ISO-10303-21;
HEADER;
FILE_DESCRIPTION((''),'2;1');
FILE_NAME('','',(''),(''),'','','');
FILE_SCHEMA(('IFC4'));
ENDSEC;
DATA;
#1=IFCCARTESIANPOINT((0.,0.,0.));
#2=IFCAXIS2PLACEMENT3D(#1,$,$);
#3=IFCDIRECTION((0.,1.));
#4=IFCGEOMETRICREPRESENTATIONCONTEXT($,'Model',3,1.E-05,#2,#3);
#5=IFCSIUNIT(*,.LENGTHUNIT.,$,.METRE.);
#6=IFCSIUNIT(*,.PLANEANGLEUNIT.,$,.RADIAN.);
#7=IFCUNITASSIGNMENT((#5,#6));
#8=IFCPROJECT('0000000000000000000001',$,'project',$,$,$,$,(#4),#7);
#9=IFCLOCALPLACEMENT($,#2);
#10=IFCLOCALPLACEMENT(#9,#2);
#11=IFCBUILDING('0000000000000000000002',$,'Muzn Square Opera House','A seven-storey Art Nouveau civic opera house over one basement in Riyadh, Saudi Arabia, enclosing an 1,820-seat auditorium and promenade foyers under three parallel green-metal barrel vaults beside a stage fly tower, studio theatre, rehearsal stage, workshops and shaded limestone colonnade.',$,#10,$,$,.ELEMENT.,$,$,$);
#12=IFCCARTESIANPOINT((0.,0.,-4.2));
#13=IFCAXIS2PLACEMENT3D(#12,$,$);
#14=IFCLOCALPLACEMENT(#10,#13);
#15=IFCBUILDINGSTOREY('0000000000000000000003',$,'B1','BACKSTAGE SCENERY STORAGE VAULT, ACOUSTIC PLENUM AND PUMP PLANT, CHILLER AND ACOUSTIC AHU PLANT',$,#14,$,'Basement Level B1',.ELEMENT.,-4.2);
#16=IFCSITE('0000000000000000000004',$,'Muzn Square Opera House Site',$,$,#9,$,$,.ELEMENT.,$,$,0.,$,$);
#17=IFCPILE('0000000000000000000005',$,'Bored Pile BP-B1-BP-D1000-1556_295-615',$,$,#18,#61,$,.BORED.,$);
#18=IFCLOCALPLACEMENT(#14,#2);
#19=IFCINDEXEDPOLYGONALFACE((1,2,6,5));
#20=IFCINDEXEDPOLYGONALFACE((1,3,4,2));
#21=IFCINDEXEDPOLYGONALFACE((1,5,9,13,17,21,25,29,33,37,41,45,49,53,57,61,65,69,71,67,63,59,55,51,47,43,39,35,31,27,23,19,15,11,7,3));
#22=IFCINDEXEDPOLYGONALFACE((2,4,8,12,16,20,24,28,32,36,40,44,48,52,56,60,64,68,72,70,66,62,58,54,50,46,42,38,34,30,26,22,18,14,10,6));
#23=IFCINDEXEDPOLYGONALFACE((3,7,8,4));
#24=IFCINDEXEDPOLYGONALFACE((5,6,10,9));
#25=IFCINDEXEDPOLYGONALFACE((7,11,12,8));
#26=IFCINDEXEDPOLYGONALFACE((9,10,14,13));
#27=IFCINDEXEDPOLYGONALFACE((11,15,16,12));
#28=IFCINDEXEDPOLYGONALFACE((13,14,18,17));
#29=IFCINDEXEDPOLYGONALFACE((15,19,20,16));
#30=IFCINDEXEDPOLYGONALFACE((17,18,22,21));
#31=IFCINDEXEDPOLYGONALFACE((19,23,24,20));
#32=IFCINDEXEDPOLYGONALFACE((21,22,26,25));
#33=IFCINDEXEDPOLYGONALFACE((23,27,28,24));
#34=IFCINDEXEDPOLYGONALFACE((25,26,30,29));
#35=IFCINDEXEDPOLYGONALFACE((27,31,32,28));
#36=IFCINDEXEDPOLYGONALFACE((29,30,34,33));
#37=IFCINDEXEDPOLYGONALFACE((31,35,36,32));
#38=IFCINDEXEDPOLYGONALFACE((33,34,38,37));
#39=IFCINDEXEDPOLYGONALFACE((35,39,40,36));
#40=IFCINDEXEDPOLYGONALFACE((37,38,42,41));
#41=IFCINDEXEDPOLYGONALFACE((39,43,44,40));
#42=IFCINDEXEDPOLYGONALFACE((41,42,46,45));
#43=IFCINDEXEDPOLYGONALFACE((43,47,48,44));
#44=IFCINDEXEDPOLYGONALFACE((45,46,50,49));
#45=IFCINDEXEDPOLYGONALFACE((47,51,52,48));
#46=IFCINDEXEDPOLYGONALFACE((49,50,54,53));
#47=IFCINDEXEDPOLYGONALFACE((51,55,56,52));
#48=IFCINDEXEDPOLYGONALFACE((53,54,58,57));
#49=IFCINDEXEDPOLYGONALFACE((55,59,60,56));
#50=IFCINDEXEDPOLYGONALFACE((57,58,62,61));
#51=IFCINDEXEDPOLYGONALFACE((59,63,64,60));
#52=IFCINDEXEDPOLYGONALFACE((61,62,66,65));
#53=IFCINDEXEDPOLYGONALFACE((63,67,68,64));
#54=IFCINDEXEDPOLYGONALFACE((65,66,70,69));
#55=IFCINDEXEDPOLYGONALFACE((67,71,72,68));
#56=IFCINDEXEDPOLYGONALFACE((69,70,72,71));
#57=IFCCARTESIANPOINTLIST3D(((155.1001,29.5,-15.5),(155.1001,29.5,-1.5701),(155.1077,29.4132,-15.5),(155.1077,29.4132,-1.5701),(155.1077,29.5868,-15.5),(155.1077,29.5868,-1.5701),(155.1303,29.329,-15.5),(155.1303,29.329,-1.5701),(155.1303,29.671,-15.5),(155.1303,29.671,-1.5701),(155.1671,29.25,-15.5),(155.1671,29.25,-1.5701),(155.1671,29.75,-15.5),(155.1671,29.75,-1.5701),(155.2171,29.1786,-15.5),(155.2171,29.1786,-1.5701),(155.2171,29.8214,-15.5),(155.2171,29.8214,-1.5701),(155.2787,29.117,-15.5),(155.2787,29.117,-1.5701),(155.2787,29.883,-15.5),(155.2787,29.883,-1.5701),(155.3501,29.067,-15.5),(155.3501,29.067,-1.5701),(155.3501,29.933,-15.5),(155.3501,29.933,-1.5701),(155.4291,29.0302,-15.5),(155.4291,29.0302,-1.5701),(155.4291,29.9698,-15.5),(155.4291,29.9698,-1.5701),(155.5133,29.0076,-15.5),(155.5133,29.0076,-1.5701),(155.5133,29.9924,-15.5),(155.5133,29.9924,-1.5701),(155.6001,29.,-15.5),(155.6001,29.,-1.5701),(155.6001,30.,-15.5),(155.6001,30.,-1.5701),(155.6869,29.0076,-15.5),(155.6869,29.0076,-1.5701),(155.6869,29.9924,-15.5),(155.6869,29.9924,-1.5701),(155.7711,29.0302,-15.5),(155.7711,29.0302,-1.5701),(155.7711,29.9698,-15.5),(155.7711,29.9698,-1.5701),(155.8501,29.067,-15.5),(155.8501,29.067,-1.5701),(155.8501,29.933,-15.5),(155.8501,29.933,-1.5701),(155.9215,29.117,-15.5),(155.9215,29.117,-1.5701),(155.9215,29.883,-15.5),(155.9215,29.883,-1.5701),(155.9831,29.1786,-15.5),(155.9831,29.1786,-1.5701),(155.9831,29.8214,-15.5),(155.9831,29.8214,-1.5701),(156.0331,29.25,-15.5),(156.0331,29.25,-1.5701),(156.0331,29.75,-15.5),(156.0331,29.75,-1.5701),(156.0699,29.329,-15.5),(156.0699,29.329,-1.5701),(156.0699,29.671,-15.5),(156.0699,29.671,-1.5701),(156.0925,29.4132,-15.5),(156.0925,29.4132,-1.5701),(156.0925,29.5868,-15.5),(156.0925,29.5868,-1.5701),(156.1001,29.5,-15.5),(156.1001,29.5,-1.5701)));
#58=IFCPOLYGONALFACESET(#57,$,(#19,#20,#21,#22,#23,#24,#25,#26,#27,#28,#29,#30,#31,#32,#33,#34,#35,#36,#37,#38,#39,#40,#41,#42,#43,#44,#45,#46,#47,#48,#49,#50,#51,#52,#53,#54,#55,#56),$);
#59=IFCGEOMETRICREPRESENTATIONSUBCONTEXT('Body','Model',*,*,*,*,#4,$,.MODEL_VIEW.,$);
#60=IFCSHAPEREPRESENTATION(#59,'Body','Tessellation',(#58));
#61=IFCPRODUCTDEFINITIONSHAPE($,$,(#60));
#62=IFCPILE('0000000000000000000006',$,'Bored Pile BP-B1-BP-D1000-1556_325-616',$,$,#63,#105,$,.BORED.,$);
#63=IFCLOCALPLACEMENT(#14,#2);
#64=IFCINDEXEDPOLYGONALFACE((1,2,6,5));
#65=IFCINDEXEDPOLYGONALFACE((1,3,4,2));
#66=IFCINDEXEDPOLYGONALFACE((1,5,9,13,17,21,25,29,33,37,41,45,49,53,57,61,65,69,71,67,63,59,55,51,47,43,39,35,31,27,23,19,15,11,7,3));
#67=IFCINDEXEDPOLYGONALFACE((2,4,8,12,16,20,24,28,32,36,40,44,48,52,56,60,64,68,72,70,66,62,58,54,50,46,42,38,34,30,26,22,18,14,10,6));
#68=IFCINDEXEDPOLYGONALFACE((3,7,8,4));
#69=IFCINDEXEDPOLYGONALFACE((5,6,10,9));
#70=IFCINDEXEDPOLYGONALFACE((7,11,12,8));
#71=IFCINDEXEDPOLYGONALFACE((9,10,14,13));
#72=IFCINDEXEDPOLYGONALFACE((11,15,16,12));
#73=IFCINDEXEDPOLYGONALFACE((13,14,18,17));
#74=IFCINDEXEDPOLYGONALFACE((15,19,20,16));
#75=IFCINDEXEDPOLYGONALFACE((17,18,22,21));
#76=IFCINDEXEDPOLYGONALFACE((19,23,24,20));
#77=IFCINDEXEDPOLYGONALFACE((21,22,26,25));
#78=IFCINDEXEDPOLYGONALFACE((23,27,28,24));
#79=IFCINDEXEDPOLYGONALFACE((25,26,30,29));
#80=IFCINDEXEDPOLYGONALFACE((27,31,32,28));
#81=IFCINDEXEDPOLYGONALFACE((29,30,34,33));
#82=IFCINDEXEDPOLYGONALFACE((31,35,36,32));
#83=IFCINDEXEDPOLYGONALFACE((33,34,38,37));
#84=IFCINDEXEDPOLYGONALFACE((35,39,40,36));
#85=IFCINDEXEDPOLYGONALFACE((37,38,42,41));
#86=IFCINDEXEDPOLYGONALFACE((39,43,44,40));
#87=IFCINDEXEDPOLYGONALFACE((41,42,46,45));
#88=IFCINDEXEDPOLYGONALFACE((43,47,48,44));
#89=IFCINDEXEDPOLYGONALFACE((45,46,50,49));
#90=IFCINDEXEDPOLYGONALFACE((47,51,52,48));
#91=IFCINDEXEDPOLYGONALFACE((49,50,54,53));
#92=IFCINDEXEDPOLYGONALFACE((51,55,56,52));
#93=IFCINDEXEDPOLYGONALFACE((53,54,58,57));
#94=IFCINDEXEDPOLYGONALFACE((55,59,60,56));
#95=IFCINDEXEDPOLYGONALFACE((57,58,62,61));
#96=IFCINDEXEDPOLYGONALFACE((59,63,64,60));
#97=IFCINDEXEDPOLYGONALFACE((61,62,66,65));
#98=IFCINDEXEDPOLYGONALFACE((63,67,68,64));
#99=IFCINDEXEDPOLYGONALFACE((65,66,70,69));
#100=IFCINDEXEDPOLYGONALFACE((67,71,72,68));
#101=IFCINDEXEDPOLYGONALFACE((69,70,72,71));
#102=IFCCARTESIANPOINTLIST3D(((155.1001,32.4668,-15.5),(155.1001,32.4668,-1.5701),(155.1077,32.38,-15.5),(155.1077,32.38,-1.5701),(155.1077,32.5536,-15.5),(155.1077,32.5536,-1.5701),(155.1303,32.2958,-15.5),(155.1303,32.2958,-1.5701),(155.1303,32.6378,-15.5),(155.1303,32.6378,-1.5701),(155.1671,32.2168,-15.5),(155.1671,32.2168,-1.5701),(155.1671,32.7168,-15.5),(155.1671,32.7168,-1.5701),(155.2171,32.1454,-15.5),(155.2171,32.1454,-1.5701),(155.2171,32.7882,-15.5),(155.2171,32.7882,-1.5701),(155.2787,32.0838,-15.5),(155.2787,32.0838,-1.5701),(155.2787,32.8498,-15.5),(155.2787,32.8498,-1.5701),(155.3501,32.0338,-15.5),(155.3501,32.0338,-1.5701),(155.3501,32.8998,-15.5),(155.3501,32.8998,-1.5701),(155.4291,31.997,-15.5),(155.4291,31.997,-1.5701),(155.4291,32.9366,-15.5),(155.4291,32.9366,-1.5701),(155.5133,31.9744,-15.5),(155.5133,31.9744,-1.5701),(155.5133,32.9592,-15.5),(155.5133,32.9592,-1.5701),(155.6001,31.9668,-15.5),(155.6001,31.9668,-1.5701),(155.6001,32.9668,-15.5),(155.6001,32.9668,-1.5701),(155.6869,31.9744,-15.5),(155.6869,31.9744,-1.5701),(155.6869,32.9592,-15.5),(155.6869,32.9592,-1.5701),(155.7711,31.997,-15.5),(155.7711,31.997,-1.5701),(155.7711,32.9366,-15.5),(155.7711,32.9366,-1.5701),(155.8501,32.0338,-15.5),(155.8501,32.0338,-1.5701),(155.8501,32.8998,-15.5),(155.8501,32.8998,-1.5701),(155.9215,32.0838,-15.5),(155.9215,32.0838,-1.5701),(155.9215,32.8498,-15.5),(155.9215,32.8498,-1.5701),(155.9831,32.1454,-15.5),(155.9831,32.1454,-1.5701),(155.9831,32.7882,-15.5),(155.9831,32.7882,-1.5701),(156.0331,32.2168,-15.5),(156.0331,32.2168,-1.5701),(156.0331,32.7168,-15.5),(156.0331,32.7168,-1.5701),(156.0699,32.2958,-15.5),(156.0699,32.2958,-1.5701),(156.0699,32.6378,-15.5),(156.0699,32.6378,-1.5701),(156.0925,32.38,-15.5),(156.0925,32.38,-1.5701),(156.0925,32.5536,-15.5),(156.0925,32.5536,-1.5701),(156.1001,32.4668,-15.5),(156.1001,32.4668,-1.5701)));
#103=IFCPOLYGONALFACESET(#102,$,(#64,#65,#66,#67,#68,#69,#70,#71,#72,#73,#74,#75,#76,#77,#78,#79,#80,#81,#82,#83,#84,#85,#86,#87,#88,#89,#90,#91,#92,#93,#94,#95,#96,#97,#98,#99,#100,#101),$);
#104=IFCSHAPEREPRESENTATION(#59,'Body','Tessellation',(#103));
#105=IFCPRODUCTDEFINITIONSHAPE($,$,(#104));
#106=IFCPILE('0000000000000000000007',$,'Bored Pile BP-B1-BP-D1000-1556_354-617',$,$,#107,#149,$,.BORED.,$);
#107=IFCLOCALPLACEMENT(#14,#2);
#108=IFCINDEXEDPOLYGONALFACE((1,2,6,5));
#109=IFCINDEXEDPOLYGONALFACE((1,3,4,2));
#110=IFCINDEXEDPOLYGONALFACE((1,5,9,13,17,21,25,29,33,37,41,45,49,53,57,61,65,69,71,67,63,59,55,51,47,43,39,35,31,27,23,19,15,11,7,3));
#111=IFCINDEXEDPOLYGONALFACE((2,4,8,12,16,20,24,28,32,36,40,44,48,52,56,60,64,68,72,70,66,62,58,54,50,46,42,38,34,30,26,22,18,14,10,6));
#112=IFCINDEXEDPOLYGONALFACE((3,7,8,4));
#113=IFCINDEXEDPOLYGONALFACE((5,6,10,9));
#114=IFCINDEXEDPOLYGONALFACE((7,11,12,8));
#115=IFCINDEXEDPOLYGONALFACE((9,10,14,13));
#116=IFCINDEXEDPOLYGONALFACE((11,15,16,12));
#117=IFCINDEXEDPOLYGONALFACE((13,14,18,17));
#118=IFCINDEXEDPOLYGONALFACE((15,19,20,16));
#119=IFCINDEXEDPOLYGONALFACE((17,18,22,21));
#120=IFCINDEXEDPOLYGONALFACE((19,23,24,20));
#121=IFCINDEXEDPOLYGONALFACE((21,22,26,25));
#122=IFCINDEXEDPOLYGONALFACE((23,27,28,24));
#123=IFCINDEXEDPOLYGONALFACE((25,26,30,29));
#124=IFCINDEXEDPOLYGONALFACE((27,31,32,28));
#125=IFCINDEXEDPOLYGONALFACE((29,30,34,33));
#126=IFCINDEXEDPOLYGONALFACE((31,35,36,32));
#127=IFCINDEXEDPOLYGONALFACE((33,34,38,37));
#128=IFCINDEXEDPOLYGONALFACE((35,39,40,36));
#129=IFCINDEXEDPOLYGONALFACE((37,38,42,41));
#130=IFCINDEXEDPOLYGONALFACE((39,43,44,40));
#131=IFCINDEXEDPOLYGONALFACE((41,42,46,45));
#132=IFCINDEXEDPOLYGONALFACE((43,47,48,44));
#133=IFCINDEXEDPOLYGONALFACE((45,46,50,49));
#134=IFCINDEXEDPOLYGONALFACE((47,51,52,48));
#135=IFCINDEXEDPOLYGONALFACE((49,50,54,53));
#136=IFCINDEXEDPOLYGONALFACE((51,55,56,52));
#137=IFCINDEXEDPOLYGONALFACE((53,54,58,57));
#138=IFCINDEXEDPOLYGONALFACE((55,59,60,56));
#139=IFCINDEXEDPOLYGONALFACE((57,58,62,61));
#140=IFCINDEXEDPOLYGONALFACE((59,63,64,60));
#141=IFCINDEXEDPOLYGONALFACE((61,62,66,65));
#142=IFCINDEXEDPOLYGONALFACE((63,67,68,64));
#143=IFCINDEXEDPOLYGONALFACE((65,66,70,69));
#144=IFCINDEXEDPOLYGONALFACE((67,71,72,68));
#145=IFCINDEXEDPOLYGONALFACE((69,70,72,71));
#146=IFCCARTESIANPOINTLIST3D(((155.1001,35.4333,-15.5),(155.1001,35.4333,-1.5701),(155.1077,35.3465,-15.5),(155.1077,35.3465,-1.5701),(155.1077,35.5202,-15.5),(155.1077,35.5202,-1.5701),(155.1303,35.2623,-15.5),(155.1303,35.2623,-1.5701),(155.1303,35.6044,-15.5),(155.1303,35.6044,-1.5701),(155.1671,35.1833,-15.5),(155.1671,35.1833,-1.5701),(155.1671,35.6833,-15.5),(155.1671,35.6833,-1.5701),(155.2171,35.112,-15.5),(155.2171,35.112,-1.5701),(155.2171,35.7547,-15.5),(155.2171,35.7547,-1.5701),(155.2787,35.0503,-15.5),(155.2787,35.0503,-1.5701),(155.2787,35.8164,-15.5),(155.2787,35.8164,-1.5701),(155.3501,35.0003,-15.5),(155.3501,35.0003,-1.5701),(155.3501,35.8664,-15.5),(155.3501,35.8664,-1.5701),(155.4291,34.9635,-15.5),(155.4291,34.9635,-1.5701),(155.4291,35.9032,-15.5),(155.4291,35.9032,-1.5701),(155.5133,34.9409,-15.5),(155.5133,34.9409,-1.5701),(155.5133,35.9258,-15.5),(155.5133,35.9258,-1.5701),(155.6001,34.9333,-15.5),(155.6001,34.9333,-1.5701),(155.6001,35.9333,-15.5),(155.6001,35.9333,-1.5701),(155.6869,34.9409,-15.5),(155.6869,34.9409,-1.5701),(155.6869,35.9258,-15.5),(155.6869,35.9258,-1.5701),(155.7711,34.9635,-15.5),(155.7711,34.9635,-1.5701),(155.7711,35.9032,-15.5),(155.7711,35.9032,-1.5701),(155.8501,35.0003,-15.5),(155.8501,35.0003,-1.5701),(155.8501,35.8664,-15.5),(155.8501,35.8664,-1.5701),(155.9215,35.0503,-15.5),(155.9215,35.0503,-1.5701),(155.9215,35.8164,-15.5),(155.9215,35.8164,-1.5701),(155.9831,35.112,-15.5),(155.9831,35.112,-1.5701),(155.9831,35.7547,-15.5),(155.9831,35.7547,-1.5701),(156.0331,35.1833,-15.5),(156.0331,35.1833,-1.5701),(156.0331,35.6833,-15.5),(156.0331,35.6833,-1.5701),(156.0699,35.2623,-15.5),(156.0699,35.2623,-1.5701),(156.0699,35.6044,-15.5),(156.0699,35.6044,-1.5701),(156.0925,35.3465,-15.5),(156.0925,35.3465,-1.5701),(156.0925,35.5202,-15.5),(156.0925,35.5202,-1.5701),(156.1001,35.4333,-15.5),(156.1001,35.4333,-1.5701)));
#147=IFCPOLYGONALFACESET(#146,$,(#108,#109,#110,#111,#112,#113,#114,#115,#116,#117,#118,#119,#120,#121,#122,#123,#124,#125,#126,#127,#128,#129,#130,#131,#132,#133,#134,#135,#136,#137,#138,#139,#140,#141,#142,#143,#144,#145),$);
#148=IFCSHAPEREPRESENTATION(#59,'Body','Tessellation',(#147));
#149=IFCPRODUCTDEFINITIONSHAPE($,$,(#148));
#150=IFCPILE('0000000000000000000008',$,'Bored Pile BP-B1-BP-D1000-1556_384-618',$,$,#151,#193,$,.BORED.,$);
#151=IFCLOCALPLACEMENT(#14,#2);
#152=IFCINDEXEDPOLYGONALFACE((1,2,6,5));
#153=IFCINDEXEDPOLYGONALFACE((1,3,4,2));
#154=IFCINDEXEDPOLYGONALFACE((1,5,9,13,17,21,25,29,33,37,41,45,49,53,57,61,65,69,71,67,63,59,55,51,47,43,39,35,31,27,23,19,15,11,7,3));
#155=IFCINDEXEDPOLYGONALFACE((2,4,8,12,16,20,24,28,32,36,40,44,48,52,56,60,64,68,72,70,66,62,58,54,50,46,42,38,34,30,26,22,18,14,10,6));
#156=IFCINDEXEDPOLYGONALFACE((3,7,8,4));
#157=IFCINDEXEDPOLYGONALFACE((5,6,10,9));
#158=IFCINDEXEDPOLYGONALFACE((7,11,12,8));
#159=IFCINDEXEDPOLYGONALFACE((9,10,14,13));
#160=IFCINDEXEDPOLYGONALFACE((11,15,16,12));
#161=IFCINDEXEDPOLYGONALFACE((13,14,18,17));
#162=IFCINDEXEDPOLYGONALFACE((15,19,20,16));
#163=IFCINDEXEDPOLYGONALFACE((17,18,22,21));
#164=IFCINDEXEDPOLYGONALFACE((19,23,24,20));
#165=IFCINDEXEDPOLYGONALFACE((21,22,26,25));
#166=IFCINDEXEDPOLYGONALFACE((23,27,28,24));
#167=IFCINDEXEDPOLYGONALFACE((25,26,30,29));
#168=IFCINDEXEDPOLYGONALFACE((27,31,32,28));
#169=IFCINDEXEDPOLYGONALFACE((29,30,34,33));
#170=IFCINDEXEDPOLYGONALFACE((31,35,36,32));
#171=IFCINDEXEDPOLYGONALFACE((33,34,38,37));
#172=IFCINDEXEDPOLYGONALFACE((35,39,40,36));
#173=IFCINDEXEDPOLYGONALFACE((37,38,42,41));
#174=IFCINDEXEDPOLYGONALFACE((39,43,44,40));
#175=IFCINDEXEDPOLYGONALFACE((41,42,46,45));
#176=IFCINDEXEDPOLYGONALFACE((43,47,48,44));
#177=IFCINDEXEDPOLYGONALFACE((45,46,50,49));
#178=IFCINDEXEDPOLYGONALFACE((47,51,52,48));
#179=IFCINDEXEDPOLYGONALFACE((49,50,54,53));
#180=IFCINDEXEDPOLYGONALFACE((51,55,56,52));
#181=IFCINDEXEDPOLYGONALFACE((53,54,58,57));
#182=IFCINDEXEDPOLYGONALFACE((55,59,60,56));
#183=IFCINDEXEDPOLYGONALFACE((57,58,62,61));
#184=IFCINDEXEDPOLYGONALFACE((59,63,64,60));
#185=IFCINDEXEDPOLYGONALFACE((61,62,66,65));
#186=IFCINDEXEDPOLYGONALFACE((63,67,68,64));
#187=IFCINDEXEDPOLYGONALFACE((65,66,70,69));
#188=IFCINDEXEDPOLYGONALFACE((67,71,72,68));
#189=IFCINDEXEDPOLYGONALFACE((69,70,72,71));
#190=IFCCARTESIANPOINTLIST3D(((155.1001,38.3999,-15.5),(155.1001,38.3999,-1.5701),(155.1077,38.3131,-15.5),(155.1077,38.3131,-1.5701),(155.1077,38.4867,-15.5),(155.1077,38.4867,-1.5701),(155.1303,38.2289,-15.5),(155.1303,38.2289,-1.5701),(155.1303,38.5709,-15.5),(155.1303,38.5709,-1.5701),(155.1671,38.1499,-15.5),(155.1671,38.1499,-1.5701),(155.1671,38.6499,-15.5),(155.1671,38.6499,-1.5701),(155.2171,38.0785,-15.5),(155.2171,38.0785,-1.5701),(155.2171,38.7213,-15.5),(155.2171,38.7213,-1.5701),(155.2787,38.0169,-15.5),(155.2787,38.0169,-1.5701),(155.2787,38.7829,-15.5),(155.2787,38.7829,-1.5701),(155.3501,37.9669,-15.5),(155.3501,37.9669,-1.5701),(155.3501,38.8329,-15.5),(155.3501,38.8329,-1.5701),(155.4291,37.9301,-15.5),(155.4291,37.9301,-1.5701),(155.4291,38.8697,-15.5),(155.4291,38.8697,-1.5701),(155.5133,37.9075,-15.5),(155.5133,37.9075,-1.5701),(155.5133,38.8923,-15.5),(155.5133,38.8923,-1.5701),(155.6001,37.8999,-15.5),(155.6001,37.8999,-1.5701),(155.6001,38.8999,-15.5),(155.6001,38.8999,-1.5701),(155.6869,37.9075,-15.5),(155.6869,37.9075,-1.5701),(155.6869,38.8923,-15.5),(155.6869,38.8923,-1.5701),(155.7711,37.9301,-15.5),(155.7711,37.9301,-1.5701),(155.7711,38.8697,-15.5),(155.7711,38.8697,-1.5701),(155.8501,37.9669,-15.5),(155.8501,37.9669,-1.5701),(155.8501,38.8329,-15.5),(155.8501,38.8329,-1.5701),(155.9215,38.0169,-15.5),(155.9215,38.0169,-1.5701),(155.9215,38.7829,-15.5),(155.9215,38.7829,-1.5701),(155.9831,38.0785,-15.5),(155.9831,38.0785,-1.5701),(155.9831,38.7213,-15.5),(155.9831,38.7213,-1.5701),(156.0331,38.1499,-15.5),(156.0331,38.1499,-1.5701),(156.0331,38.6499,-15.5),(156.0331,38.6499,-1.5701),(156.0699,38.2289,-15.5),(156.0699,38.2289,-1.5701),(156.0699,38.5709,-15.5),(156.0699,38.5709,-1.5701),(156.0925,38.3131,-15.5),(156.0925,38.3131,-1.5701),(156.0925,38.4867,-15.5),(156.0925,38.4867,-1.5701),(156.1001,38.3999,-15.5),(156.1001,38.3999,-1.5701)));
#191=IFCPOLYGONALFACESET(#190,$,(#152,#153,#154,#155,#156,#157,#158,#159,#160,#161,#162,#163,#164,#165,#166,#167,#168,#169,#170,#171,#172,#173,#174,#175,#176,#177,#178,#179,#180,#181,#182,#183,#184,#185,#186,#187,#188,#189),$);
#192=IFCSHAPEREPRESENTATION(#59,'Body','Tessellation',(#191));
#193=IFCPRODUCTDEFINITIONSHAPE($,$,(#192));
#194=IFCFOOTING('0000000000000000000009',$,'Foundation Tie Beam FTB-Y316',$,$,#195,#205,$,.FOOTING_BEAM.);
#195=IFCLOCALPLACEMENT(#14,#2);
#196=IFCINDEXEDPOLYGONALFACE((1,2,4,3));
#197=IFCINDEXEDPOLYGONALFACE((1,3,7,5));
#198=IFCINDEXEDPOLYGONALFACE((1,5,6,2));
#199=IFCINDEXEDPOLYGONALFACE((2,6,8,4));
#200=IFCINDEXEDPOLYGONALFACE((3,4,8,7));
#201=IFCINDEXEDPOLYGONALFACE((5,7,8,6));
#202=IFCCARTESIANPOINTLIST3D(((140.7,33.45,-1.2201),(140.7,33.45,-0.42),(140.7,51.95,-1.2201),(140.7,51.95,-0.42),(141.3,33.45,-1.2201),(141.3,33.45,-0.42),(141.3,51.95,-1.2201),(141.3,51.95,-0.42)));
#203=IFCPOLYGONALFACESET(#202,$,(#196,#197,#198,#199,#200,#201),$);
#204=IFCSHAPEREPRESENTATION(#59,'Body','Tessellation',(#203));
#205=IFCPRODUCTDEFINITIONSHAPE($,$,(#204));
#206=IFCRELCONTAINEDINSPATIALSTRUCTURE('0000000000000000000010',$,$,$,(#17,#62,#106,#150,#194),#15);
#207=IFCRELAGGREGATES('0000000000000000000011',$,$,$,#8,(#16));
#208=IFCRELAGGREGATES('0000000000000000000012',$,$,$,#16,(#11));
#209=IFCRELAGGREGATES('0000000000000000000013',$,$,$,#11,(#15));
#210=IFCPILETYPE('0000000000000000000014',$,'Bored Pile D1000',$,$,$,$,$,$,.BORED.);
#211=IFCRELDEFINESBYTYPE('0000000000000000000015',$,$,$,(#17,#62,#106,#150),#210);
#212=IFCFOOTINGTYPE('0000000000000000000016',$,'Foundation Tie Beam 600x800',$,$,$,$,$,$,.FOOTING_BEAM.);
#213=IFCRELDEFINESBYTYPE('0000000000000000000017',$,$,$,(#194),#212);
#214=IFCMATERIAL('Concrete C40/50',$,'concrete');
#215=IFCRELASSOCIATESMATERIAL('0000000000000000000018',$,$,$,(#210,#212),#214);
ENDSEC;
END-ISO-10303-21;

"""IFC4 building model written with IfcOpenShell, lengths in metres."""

from ifc_helpers import new_model, si_unit, direction, frame, origin, origin_2d, place, context, subcontext, project, spatial, rectangle, circle, extrude, material, material_profile, profile_set, type_object, element, save


model = new_model("IFC4")

# Units and contexts
model_context = context("Model", 3, precision=1e-05, world=origin(), true_north=direction((0.0, 1.0)))
body_context = subcontext(model_context, "Body", "Model", "MODEL_VIEW")
ifc_project = project(units=[si_unit("LENGTHUNIT", "METRE"), si_unit("PLANEANGLEUNIT", "RADIAN")], contexts=[model_context])

# Site, building, storey
site_placement = place(None, origin())
site = spatial("IfcSite", under=ifc_project, at=site_placement, Name="Muzn Square Opera House Site", CompositionType="ELEMENT", RefElevation=0.0)
building_placement = place(site_placement, origin())
building = spatial("IfcBuilding", under=site, at=building_placement, Name="Muzn Square Opera House", Description="A seven-storey Art Nouveau civic opera house over one basement in Riyadh, Saudi Arabia, enclosing an 1,820-seat auditorium and promenade foyers under three parallel green-metal barrel vaults beside a stage fly tower, studio theatre, rehearsal stage, workshops and shaded limestone colonnade.", CompositionType="ELEMENT")
storey_placement = place(building_placement, frame((0.0, 0.0, -4.2)))
storey = spatial("IfcBuildingStorey", under=building, at=storey_placement, Name="B1", Description="BACKSTAGE SCENERY STORAGE VAULT, ACOUSTIC PLENUM AND PUMP PLANT, CHILLER AND ACOUSTIC AHU PLANT", LongName="Basement Level B1", CompositionType="ELEMENT", Elevation=-4.2)

# Piles
ifc_material_1 = material(Name="Concrete C40/50", Category="concrete")
ifc_material_profile_1 = material_profile(ifc_material_1, circle(Radius=0.5, at=origin_2d()), Name="BORED PILE D1000", Category="concrete")
ifc_profile_set_1 = profile_set([ifc_material_profile_1], Name="Concrete C40/50")
pile_type = type_object("IfcPileType", Name="Bored Pile D1000", PredefinedType="BORED", material=ifc_profile_set_1)
for number, where, z_axis, x_axis, name in (
    (1, (155.6001, 29.5, -1.5701), (0.0, 0.0, -1.0), (1.0, 0.0, 0.0), "Bored Pile BP-B1-BP-D1000-1556_295-615"),
    (2, (155.6001, 32.4668, -1.5701), (0.0, 0.0, -1.0), (1.0, 0.0, 0.0), "Bored Pile BP-B1-BP-D1000-1556_325-616"),
    (3, (155.6001, 35.4333, -1.5701), (0.0, 0.0, -1.0), (1.0, 0.0, 0.0), "Bored Pile BP-B1-BP-D1000-1556_354-617"),
    (4, (155.6001, 38.3999, -1.5701), (0.0, 0.0, -1.0), (1.0, 0.0, 0.0), "Bored Pile BP-B1-BP-D1000-1556_384-618"),
):
    element("IfcPile", number, at=place(storey_placement, frame(where, z_axis=z_axis, x_axis=x_axis)), inside=storey, type_object=pile_type, Name=name, PredefinedType="BORED", context=body_context, shape_type="SweptSolid", body=[
        extrude(circle(Radius=0.5, at=origin_2d()), origin(), (0.0, 0.0, 1.0), 13.9299),
    ])

# Footing
ifc_material_profile_2 = material_profile(ifc_material_1, rectangle(XDim=0.6001, YDim=0.8, at=origin_2d()), Name="RCTB 600x800", Category="concrete")
ifc_profile_set_2 = profile_set([ifc_material_profile_2], Name="Concrete C40/50")
footing_type_1 = type_object("IfcFootingType", Name="Foundation Tie Beam 600x800", PredefinedType="FOOTING_BEAM", material=ifc_profile_set_2)
for number, where, z_axis, x_axis, name in (
    (5, (141.0, 33.45, -0.8201), (0.0, 1.0, 0.0), (-1.0, 0.0, 0.0), "Foundation Tie Beam FTB-Y316"),
):
    element("IfcFooting", number, at=place(storey_placement, frame(where, z_axis=z_axis, x_axis=x_axis)), inside=storey, type_object=footing_type_1, Name=name, PredefinedType="FOOTING_BEAM", context=body_context, shape_type="SweptSolid", body=[
        extrude(rectangle(XDim=0.6001, YDim=0.8, at=origin_2d()), origin(), (0.0, 0.0, 1.0), 18.5),
    ])

save(model, "model.ifc")
